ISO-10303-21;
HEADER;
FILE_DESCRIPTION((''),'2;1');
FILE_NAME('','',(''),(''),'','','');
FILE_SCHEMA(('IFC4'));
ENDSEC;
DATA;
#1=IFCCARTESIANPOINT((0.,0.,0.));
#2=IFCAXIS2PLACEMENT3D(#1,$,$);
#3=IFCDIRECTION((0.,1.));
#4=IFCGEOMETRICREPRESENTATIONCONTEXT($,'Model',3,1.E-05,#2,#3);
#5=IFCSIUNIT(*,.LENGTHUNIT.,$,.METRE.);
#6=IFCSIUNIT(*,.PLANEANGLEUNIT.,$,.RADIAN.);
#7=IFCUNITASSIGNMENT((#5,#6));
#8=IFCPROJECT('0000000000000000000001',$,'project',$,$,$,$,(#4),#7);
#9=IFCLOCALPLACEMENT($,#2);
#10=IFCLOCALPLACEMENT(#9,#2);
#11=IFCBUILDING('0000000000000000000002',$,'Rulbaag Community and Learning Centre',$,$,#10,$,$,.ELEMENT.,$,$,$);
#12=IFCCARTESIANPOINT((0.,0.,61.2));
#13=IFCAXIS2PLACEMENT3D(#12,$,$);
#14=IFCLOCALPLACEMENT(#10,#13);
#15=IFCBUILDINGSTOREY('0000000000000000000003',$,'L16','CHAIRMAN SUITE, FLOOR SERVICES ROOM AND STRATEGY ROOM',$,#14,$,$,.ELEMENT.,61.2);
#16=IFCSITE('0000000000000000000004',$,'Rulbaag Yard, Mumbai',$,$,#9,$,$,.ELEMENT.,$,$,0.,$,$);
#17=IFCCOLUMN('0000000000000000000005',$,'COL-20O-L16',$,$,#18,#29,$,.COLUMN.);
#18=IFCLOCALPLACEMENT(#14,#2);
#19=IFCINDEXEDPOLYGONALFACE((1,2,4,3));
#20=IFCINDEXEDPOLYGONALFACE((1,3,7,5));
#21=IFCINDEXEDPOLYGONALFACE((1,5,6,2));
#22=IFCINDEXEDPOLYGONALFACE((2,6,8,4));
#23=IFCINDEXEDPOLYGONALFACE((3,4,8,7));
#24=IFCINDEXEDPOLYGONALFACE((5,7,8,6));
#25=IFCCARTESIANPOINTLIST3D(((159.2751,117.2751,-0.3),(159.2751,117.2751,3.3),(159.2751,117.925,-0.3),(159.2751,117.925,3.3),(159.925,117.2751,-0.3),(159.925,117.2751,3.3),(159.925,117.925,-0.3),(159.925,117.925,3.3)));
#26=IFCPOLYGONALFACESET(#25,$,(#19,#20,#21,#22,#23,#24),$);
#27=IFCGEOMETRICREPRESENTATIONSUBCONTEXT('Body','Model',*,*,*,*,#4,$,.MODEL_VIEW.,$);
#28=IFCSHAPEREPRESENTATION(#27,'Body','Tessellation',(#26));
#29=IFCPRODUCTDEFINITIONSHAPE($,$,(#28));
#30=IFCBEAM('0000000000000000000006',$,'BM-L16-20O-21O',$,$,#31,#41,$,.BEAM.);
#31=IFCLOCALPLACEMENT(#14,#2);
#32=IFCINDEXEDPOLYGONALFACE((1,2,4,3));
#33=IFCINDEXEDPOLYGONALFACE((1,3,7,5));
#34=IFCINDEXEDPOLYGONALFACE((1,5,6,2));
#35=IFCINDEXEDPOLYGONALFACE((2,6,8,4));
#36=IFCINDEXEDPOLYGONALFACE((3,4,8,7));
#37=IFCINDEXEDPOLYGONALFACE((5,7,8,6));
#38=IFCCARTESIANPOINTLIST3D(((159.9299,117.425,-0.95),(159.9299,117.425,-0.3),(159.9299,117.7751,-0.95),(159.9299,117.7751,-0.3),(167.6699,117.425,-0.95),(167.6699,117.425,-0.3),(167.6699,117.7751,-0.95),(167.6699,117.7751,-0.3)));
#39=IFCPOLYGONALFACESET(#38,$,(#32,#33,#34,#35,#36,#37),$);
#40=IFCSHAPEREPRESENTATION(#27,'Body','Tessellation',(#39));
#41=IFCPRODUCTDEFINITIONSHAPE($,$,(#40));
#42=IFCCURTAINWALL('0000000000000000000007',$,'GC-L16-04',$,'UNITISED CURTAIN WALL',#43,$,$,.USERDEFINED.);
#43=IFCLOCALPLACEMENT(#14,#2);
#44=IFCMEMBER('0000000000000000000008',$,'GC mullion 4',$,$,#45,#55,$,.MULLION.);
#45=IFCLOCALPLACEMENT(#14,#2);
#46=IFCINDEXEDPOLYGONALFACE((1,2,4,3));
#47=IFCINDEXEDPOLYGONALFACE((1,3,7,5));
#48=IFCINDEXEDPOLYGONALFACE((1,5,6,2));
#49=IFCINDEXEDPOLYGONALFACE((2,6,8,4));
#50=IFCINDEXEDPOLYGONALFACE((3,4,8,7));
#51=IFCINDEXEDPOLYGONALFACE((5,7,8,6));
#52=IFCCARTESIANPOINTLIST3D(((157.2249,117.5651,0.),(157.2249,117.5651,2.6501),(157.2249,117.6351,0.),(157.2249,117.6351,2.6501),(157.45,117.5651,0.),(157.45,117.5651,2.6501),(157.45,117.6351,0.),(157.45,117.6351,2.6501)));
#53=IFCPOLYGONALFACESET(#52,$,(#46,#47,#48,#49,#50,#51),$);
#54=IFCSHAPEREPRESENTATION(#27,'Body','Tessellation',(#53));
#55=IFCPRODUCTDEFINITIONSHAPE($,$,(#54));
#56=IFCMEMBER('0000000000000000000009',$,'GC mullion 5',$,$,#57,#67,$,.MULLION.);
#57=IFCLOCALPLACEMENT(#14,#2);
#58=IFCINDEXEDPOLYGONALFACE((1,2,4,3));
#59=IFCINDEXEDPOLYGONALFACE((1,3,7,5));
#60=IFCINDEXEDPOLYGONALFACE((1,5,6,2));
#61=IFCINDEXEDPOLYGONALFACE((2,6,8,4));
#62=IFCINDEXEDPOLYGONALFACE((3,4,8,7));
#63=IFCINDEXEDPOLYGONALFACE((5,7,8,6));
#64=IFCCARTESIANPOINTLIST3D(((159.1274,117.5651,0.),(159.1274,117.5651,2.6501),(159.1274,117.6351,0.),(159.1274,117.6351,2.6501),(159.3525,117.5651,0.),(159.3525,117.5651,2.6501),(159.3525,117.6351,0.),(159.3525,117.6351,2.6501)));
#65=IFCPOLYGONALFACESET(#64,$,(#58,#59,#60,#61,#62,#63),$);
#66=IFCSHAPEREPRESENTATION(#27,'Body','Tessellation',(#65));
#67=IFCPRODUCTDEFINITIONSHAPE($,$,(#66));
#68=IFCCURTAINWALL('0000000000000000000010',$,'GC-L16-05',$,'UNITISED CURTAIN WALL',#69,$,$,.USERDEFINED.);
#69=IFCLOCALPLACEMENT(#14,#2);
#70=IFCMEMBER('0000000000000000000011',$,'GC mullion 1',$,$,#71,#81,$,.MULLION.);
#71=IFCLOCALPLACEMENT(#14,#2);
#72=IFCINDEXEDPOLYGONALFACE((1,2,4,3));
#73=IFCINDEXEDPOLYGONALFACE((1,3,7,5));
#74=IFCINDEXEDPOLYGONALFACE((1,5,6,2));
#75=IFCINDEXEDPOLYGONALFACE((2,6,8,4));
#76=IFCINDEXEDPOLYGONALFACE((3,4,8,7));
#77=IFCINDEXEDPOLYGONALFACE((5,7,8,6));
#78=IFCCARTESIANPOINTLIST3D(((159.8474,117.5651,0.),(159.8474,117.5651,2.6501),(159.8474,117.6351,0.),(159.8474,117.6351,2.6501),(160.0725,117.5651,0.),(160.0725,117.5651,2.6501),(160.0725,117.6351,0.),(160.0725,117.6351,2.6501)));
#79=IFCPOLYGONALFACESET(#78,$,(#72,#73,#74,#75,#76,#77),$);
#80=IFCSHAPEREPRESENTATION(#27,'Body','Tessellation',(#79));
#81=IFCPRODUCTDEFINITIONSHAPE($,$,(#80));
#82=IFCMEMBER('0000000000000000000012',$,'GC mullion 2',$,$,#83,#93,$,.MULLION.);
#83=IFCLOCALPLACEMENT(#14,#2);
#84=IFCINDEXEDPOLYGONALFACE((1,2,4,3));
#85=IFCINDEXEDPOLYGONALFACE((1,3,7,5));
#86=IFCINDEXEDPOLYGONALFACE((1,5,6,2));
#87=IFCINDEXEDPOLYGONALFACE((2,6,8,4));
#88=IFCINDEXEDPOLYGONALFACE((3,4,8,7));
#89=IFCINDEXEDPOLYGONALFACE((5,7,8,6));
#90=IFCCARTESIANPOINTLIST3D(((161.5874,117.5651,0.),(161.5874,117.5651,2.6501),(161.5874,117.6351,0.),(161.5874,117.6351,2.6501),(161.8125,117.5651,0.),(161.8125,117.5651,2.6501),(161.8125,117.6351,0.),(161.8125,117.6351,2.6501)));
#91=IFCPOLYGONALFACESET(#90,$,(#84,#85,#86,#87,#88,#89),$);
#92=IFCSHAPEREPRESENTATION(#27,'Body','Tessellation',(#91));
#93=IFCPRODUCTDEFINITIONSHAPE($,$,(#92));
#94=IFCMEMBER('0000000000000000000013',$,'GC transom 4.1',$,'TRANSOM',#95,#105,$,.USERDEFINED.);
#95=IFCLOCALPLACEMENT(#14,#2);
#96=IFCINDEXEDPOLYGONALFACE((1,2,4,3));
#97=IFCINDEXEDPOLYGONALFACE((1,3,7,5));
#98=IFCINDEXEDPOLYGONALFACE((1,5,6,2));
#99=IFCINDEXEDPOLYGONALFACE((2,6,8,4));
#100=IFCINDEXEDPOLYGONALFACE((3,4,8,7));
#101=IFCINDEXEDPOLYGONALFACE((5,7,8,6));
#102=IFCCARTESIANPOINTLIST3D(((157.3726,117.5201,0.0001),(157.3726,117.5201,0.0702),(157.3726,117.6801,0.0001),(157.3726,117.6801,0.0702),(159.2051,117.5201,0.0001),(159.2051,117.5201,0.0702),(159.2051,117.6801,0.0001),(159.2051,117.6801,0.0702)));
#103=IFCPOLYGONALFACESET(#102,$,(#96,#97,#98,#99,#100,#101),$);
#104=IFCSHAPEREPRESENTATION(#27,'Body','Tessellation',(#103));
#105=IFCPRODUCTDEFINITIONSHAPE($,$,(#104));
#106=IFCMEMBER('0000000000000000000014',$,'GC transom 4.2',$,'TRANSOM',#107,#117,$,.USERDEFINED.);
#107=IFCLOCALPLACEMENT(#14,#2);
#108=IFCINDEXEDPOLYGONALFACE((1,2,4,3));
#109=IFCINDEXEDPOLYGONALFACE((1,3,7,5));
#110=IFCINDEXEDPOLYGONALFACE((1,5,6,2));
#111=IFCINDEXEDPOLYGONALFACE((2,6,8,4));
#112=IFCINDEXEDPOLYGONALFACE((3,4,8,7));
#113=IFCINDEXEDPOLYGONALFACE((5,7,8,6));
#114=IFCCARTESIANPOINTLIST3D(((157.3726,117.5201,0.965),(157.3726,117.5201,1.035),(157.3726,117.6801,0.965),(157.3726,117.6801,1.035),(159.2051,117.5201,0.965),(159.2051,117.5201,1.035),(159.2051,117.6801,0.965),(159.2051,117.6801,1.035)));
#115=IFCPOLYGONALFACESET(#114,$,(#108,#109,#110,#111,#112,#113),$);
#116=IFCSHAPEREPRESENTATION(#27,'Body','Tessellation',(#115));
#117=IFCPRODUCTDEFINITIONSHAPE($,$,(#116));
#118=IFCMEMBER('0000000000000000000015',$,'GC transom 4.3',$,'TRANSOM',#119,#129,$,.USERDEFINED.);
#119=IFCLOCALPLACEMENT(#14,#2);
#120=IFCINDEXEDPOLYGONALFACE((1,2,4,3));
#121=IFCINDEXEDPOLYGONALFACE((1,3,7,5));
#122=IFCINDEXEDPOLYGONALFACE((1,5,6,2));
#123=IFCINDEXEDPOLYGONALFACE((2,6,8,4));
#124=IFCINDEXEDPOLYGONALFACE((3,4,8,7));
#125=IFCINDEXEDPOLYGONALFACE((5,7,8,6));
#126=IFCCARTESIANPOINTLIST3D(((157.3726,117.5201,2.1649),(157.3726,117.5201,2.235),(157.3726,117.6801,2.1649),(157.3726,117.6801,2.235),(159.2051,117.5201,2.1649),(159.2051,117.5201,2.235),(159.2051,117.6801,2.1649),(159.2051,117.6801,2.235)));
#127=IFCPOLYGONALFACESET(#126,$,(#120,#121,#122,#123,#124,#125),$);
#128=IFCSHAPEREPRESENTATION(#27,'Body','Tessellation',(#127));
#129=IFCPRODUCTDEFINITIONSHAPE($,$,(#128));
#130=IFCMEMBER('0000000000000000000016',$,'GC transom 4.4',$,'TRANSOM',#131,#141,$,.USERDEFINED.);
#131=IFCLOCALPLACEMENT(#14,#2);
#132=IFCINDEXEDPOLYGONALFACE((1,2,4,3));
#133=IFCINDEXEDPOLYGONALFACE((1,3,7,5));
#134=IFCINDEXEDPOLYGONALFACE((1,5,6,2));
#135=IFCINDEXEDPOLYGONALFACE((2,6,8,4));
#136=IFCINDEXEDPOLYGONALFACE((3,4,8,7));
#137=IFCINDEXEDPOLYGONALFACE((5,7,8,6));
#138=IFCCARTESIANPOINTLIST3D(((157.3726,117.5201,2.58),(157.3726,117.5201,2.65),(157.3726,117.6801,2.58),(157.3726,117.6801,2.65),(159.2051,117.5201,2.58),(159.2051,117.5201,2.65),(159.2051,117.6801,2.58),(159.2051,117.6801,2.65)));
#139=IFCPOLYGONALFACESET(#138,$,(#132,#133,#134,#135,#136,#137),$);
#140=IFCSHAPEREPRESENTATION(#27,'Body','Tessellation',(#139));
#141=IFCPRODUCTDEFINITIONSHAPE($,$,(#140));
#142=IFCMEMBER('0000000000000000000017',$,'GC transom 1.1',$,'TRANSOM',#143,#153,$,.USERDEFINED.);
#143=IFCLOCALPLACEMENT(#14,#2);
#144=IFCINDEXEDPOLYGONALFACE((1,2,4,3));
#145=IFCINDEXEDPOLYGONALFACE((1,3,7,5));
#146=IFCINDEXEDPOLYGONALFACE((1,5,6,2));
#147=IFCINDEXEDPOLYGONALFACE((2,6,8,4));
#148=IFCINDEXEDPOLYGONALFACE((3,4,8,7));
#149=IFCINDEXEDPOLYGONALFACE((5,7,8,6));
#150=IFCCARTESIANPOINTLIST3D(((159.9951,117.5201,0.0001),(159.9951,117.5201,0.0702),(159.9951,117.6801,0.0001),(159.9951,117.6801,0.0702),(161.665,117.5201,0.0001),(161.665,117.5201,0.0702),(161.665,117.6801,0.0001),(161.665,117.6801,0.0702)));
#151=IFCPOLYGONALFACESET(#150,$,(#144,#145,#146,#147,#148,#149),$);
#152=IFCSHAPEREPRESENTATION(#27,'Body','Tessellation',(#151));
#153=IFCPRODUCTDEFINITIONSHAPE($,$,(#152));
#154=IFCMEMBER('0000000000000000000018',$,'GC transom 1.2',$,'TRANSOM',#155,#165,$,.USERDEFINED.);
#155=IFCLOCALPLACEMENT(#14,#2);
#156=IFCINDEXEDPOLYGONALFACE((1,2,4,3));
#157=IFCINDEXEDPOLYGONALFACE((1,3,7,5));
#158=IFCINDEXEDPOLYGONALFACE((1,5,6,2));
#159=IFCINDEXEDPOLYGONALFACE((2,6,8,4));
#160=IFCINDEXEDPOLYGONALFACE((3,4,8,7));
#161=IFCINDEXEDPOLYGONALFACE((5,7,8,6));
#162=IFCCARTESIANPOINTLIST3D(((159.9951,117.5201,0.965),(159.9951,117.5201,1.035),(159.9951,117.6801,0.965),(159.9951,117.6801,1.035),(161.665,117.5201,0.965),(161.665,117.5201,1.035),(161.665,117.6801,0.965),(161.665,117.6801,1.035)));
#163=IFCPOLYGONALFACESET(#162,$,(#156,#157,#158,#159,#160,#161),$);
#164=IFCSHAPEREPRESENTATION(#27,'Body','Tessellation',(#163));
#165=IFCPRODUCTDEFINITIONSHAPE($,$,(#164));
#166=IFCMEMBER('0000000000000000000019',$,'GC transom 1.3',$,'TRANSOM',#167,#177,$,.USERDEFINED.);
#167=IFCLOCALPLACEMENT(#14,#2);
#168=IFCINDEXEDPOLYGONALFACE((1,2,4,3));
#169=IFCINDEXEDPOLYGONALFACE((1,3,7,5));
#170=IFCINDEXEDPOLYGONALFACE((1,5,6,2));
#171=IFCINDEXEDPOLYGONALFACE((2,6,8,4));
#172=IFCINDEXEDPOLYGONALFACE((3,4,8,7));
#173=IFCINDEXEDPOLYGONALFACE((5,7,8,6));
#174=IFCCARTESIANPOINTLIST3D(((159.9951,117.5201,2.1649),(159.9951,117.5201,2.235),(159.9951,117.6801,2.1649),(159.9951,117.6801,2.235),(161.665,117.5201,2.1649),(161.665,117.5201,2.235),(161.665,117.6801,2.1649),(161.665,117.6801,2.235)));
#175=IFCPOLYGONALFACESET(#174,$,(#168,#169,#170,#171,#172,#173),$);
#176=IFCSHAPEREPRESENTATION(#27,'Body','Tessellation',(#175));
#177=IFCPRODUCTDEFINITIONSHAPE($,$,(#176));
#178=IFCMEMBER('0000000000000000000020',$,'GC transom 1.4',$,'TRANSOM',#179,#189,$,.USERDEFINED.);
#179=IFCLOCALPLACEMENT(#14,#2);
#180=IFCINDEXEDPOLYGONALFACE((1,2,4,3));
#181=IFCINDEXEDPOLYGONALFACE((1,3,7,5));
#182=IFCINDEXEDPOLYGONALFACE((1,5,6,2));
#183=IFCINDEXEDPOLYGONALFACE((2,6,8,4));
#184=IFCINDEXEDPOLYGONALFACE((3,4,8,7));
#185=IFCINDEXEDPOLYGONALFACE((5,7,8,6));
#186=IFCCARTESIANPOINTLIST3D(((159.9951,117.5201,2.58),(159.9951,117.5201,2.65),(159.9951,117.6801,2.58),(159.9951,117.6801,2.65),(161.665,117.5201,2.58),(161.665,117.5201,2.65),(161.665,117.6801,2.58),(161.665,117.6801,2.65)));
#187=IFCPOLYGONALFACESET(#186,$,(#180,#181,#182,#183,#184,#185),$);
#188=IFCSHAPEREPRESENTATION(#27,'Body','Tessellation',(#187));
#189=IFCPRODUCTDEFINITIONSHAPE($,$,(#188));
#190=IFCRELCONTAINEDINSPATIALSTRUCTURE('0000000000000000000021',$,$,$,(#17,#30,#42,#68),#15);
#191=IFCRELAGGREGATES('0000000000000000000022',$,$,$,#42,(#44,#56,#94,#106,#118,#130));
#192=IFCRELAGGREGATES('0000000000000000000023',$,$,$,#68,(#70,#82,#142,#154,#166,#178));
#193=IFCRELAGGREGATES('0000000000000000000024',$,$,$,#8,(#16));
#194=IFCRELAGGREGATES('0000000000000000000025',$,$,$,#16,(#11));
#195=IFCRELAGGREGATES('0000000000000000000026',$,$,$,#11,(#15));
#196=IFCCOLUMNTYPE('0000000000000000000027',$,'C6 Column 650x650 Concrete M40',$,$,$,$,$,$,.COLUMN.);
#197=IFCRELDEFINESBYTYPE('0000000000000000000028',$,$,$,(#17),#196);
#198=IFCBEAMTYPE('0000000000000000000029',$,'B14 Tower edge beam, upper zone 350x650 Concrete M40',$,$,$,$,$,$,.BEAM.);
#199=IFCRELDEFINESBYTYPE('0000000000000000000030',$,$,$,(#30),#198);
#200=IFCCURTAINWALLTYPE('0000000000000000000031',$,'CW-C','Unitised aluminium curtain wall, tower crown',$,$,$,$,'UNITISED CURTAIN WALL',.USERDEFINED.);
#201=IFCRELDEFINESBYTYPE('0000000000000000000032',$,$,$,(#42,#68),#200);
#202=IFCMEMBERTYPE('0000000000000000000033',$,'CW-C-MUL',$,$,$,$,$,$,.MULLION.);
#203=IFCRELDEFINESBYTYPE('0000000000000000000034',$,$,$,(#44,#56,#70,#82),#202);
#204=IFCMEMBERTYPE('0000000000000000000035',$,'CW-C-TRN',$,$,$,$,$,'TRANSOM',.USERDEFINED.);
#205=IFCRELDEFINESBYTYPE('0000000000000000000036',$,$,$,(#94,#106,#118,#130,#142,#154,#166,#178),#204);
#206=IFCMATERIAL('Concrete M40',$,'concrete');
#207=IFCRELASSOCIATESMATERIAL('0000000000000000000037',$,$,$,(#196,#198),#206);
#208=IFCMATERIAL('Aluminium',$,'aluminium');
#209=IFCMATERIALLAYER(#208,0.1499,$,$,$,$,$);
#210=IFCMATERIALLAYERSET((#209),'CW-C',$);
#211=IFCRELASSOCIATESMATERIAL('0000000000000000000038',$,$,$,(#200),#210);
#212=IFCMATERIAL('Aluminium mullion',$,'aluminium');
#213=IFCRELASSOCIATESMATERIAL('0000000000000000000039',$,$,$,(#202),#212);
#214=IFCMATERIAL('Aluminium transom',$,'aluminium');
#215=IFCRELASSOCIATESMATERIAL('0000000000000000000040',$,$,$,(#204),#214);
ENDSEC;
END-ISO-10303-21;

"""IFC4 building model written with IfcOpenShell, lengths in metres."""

from ifc_helpers import new_model, si_unit, direction, frame, origin, origin_2d, place, context, subcontext, project, spatial, rectangle, extrude, material, layer, layer_set, material_profile, profile_set, type_object, element, aggregate, save


model = new_model("IFC4")

# Units and contexts
model_context = context("Model", 3, precision=1e-05, world=origin(), true_north=direction((0.0, 1.0)))
body_context = subcontext(model_context, "Body", "Model", "MODEL_VIEW")
ifc_project = project(units=[si_unit("LENGTHUNIT", "METRE"), si_unit("PLANEANGLEUNIT", "RADIAN")], contexts=[model_context])

# Site, building, storey
site_placement = place(None, origin())
site = spatial("IfcSite", under=ifc_project, at=site_placement, Name="Rulbaag Yard, Mumbai", CompositionType="ELEMENT", RefElevation=0.0)
building_placement = place(site_placement, origin())
building = spatial("IfcBuilding", under=site, at=building_placement, Name="Rulbaag Community and Learning Centre", CompositionType="ELEMENT")
storey_placement = place(building_placement, frame((0.0, 0.0, 61.2)))
storey = spatial("IfcBuildingStorey", under=building, at=storey_placement, Name="L16", Description="CHAIRMAN SUITE, FLOOR SERVICES ROOM AND STRATEGY ROOM", CompositionType="ELEMENT", Elevation=61.2)

# Column
ifc_material_1 = material(Name="Concrete M40", Category="concrete")
ifc_material_profile_1 = material_profile(ifc_material_1, rectangle(XDim=0.6499, YDim=0.6499, at=origin_2d()), Name="RC650x650")
ifc_profile_set_1 = profile_set([ifc_material_profile_1], Name="Concrete M40")
column_type = type_object("IfcColumnType", Name="C6 Column 650x650 Concrete M40", PredefinedType="COLUMN", material=ifc_profile_set_1)
column_placement = place(storey_placement, frame((159.6001, 117.6001, -0.3), z_axis=(0.0, 0.0, 1.0), x_axis=(1.0, 0.0, 0.0)))
element("IfcColumn", 1, at=column_placement, inside=storey, type_object=column_type, Name="COL-20O-L16", PredefinedType="COLUMN", context=body_context, shape_type="SweptSolid", body=[
    extrude(rectangle(XDim=0.6499, YDim=0.6499, at=origin_2d()), origin(), (0.0, 0.0, 1.0), 3.6001),
])

# Beam
ifc_material_profile_2 = material_profile(ifc_material_1, rectangle(XDim=0.3501, YDim=0.6499, at=origin_2d()), Name="RB350x650")
ifc_profile_set_2 = profile_set([ifc_material_profile_2], Name="Concrete M40")
beam_type = type_object("IfcBeamType", Name="B14 Tower edge beam, upper zone 350x650 Concrete M40", PredefinedType="BEAM", material=ifc_profile_set_2)
beam_placement = place(storey_placement, frame((159.9299, 117.6001, -0.625), z_axis=(1.0, 0.0, 0.0), x_axis=(0.0, 1.0, 0.0)))
element("IfcBeam", 2, at=beam_placement, inside=storey, type_object=beam_type, Name="BM-L16-20O-21O", PredefinedType="BEAM", context=body_context, shape_type="SweptSolid", body=[
    extrude(rectangle(XDim=0.3501, YDim=0.6499, at=origin_2d()), origin(), (0.0, 0.0, 1.0), 7.74),
])

# Curtain walls, members
ifc_material_2 = material(Name="Aluminium", Category="aluminium")
ifc_layer_1 = layer(ifc_material_2, 0.1499)
ifc_layer_set_1 = layer_set([ifc_layer_1], Name="CW-C")
curtain_wall_type = type_object("IfcCurtainWallType", Name="CW-C", Description="Unitised aluminium curtain wall, tower crown", ElementType="UNITISED CURTAIN WALL", PredefinedType="USERDEFINED", material=ifc_layer_set_1)
curtain_wall_1_placement = place(storey_placement, origin())
curtain_wall_1 = element("IfcCurtainWall", 3, at=curtain_wall_1_placement, inside=storey, type_object=curtain_wall_type, Name="GC-L16-04", ObjectType="UNITISED CURTAIN WALL", PredefinedType="USERDEFINED")
ifc_material_3 = material(Name="Aluminium mullion", Category="aluminium")
ifc_material_profile_3 = material_profile(ifc_material_3, rectangle(XDim=0.0701, YDim=0.2251, at=origin_2d()), Name="AL 70x225")
ifc_profile_set_3 = profile_set([ifc_material_profile_3], Name="Aluminium mullion")
member_type_1 = type_object("IfcMemberType", Name="CW-C-MUL", PredefinedType="MULLION", material=ifc_profile_set_3)
member_1_placement = place(storey_placement, frame((157.3374, 117.6001, 0.0), z_axis=(0.0, 0.0, 1.0), x_axis=(0.0, 1.0, 0.0)))
member_1 = element("IfcMember", 4, at=member_1_placement, type_object=member_type_1, Name="GC mullion 4", PredefinedType="MULLION", context=body_context, shape_type="SweptSolid", body=[
    extrude(rectangle(XDim=0.0701, YDim=0.2251, at=origin_2d()), origin(), (0.0, 0.0, 1.0), 2.6501),
])
member_2_placement = place(storey_placement, frame((159.24, 117.6001, 0.0), z_axis=(0.0, 0.0, 1.0), x_axis=(0.0, 1.0, 0.0)))
member_2 = element("IfcMember", 5, at=member_2_placement, type_object=member_type_1, Name="GC mullion 5", PredefinedType="MULLION", context=body_context, shape_type="SweptSolid", body=[
    extrude(rectangle(XDim=0.0701, YDim=0.2251, at=origin_2d()), origin(), (0.0, 0.0, 1.0), 2.6501),
])
curtain_wall_2_placement = place(storey_placement, origin())
curtain_wall_2 = element("IfcCurtainWall", 6, at=curtain_wall_2_placement, inside=storey, type_object=curtain_wall_type, Name="GC-L16-05", ObjectType="UNITISED CURTAIN WALL", PredefinedType="USERDEFINED")
member_3_placement = place(storey_placement, frame((159.96, 117.6001, 0.0), z_axis=(0.0, 0.0, 1.0), x_axis=(0.0, 1.0, 0.0)))
member_3 = element("IfcMember", 7, at=member_3_placement, type_object=member_type_1, Name="GC mullion 1", PredefinedType="MULLION", context=body_context, shape_type="SweptSolid", body=[
    extrude(rectangle(XDim=0.0701, YDim=0.2251, at=origin_2d()), origin(), (0.0, 0.0, 1.0), 2.6501),
])
member_4_placement = place(storey_placement, frame((161.7, 117.6001, 0.0), z_axis=(0.0, 0.0, 1.0), x_axis=(0.0, 1.0, 0.0)))
member_4 = element("IfcMember", 8, at=member_4_placement, type_object=member_type_1, Name="GC mullion 2", PredefinedType="MULLION", context=body_context, shape_type="SweptSolid", body=[
    extrude(rectangle(XDim=0.0701, YDim=0.2251, at=origin_2d()), origin(), (0.0, 0.0, 1.0), 2.6501),
])

# Members
ifc_material_4 = material(Name="Aluminium transom", Category="aluminium")
ifc_material_profile_4 = material_profile(ifc_material_4, rectangle(XDim=0.1599, YDim=0.0701, at=origin_2d()), Name="AL 70x160 T")
ifc_profile_set_4 = profile_set([ifc_material_profile_4], Name="Aluminium transom")
member_type_2 = type_object("IfcMemberType", Name="CW-C-TRN", ElementType="TRANSOM", PredefinedType="USERDEFINED", material=ifc_profile_set_4)
member_5_placement = place(storey_placement, frame((157.3726, 117.6001, 0.0352), z_axis=(1.0, 0.0, 0.0), x_axis=(0.0, 1.0, 0.0)))
member_5 = element("IfcMember", 9, at=member_5_placement, type_object=member_type_2, Name="GC transom 4.1", ObjectType="TRANSOM", PredefinedType="USERDEFINED", context=body_context, shape_type="SweptSolid", body=[
    extrude(rectangle(XDim=0.1599, YDim=0.0701, at=origin_2d()), origin(), (0.0, 0.0, 1.0), 1.8325),
])
member_6_placement = place(storey_placement, frame((157.3726, 117.6001, 1.0), z_axis=(1.0, 0.0, 0.0), x_axis=(0.0, 1.0, 0.0)))
member_6 = element("IfcMember", 10, at=member_6_placement, type_object=member_type_2, Name="GC transom 4.2", ObjectType="TRANSOM", PredefinedType="USERDEFINED", context=body_context, shape_type="SweptSolid", body=[
    extrude(rectangle(XDim=0.1599, YDim=0.0701, at=origin_2d()), origin(), (0.0, 0.0, 1.0), 1.8325),
])
member_7_placement = place(storey_placement, frame((157.3726, 117.6001, 2.2), z_axis=(1.0, 0.0, 0.0), x_axis=(0.0, 1.0, 0.0)))
member_7 = element("IfcMember", 11, at=member_7_placement, type_object=member_type_2, Name="GC transom 4.3", ObjectType="TRANSOM", PredefinedType="USERDEFINED", context=body_context, shape_type="SweptSolid", body=[
    extrude(rectangle(XDim=0.1599, YDim=0.0701, at=origin_2d()), origin(), (0.0, 0.0, 1.0), 1.8325),
])
member_8_placement = place(storey_placement, frame((157.3726, 117.6001, 2.615), z_axis=(1.0, 0.0, 0.0), x_axis=(0.0, 1.0, 0.0)))
member_8 = element("IfcMember", 12, at=member_8_placement, type_object=member_type_2, Name="GC transom 4.4", ObjectType="TRANSOM", PredefinedType="USERDEFINED", context=body_context, shape_type="SweptSolid", body=[
    extrude(rectangle(XDim=0.1599, YDim=0.0701, at=origin_2d()), origin(), (0.0, 0.0, 1.0), 1.8325),
])
member_9_placement = place(storey_placement, frame((159.9951, 117.6001, 0.0352), z_axis=(1.0, 0.0, 0.0), x_axis=(0.0, 1.0, 0.0)))
member_9 = element("IfcMember", 13, at=member_9_placement, type_object=member_type_2, Name="GC transom 1.1", ObjectType="TRANSOM", PredefinedType="USERDEFINED", context=body_context, shape_type="SweptSolid", body=[
    extrude(rectangle(XDim=0.1599, YDim=0.0701, at=origin_2d()), origin(), (0.0, 0.0, 1.0), 1.6699),
])
member_10_placement = place(storey_placement, frame((159.9951, 117.6001, 1.0), z_axis=(1.0, 0.0, 0.0), x_axis=(0.0, 1.0, 0.0)))
member_10 = element("IfcMember", 14, at=member_10_placement, type_object=member_type_2, Name="GC transom 1.2", ObjectType="TRANSOM", PredefinedType="USERDEFINED", context=body_context, shape_type="SweptSolid", body=[
    extrude(rectangle(XDim=0.1599, YDim=0.0701, at=origin_2d()), origin(), (0.0, 0.0, 1.0), 1.6699),
])
member_11_placement = place(storey_placement, frame((159.9951, 117.6001, 2.2), z_axis=(1.0, 0.0, 0.0), x_axis=(0.0, 1.0, 0.0)))
member_11 = element("IfcMember", 15, at=member_11_placement, type_object=member_type_2, Name="GC transom 1.3", ObjectType="TRANSOM", PredefinedType="USERDEFINED", context=body_context, shape_type="SweptSolid", body=[
    extrude(rectangle(XDim=0.1599, YDim=0.0701, at=origin_2d()), origin(), (0.0, 0.0, 1.0), 1.6699),
])
member_12_placement = place(storey_placement, frame((159.9951, 117.6001, 2.615), z_axis=(1.0, 0.0, 0.0), x_axis=(0.0, 1.0, 0.0)))
member_12 = element("IfcMember", 16, at=member_12_placement, type_object=member_type_2, Name="GC transom 1.4", ObjectType="TRANSOM", PredefinedType="USERDEFINED", context=body_context, shape_type="SweptSolid", body=[
    extrude(rectangle(XDim=0.1599, YDim=0.0701, at=origin_2d()), origin(), (0.0, 0.0, 1.0), 1.6699),
])

aggregate(curtain_wall_1, [member_1, member_2, member_5, member_6, member_7, member_8])
aggregate(curtain_wall_2, [member_3, member_4, member_9, member_10, member_11, member_12])

save(model, "model.ifc")
